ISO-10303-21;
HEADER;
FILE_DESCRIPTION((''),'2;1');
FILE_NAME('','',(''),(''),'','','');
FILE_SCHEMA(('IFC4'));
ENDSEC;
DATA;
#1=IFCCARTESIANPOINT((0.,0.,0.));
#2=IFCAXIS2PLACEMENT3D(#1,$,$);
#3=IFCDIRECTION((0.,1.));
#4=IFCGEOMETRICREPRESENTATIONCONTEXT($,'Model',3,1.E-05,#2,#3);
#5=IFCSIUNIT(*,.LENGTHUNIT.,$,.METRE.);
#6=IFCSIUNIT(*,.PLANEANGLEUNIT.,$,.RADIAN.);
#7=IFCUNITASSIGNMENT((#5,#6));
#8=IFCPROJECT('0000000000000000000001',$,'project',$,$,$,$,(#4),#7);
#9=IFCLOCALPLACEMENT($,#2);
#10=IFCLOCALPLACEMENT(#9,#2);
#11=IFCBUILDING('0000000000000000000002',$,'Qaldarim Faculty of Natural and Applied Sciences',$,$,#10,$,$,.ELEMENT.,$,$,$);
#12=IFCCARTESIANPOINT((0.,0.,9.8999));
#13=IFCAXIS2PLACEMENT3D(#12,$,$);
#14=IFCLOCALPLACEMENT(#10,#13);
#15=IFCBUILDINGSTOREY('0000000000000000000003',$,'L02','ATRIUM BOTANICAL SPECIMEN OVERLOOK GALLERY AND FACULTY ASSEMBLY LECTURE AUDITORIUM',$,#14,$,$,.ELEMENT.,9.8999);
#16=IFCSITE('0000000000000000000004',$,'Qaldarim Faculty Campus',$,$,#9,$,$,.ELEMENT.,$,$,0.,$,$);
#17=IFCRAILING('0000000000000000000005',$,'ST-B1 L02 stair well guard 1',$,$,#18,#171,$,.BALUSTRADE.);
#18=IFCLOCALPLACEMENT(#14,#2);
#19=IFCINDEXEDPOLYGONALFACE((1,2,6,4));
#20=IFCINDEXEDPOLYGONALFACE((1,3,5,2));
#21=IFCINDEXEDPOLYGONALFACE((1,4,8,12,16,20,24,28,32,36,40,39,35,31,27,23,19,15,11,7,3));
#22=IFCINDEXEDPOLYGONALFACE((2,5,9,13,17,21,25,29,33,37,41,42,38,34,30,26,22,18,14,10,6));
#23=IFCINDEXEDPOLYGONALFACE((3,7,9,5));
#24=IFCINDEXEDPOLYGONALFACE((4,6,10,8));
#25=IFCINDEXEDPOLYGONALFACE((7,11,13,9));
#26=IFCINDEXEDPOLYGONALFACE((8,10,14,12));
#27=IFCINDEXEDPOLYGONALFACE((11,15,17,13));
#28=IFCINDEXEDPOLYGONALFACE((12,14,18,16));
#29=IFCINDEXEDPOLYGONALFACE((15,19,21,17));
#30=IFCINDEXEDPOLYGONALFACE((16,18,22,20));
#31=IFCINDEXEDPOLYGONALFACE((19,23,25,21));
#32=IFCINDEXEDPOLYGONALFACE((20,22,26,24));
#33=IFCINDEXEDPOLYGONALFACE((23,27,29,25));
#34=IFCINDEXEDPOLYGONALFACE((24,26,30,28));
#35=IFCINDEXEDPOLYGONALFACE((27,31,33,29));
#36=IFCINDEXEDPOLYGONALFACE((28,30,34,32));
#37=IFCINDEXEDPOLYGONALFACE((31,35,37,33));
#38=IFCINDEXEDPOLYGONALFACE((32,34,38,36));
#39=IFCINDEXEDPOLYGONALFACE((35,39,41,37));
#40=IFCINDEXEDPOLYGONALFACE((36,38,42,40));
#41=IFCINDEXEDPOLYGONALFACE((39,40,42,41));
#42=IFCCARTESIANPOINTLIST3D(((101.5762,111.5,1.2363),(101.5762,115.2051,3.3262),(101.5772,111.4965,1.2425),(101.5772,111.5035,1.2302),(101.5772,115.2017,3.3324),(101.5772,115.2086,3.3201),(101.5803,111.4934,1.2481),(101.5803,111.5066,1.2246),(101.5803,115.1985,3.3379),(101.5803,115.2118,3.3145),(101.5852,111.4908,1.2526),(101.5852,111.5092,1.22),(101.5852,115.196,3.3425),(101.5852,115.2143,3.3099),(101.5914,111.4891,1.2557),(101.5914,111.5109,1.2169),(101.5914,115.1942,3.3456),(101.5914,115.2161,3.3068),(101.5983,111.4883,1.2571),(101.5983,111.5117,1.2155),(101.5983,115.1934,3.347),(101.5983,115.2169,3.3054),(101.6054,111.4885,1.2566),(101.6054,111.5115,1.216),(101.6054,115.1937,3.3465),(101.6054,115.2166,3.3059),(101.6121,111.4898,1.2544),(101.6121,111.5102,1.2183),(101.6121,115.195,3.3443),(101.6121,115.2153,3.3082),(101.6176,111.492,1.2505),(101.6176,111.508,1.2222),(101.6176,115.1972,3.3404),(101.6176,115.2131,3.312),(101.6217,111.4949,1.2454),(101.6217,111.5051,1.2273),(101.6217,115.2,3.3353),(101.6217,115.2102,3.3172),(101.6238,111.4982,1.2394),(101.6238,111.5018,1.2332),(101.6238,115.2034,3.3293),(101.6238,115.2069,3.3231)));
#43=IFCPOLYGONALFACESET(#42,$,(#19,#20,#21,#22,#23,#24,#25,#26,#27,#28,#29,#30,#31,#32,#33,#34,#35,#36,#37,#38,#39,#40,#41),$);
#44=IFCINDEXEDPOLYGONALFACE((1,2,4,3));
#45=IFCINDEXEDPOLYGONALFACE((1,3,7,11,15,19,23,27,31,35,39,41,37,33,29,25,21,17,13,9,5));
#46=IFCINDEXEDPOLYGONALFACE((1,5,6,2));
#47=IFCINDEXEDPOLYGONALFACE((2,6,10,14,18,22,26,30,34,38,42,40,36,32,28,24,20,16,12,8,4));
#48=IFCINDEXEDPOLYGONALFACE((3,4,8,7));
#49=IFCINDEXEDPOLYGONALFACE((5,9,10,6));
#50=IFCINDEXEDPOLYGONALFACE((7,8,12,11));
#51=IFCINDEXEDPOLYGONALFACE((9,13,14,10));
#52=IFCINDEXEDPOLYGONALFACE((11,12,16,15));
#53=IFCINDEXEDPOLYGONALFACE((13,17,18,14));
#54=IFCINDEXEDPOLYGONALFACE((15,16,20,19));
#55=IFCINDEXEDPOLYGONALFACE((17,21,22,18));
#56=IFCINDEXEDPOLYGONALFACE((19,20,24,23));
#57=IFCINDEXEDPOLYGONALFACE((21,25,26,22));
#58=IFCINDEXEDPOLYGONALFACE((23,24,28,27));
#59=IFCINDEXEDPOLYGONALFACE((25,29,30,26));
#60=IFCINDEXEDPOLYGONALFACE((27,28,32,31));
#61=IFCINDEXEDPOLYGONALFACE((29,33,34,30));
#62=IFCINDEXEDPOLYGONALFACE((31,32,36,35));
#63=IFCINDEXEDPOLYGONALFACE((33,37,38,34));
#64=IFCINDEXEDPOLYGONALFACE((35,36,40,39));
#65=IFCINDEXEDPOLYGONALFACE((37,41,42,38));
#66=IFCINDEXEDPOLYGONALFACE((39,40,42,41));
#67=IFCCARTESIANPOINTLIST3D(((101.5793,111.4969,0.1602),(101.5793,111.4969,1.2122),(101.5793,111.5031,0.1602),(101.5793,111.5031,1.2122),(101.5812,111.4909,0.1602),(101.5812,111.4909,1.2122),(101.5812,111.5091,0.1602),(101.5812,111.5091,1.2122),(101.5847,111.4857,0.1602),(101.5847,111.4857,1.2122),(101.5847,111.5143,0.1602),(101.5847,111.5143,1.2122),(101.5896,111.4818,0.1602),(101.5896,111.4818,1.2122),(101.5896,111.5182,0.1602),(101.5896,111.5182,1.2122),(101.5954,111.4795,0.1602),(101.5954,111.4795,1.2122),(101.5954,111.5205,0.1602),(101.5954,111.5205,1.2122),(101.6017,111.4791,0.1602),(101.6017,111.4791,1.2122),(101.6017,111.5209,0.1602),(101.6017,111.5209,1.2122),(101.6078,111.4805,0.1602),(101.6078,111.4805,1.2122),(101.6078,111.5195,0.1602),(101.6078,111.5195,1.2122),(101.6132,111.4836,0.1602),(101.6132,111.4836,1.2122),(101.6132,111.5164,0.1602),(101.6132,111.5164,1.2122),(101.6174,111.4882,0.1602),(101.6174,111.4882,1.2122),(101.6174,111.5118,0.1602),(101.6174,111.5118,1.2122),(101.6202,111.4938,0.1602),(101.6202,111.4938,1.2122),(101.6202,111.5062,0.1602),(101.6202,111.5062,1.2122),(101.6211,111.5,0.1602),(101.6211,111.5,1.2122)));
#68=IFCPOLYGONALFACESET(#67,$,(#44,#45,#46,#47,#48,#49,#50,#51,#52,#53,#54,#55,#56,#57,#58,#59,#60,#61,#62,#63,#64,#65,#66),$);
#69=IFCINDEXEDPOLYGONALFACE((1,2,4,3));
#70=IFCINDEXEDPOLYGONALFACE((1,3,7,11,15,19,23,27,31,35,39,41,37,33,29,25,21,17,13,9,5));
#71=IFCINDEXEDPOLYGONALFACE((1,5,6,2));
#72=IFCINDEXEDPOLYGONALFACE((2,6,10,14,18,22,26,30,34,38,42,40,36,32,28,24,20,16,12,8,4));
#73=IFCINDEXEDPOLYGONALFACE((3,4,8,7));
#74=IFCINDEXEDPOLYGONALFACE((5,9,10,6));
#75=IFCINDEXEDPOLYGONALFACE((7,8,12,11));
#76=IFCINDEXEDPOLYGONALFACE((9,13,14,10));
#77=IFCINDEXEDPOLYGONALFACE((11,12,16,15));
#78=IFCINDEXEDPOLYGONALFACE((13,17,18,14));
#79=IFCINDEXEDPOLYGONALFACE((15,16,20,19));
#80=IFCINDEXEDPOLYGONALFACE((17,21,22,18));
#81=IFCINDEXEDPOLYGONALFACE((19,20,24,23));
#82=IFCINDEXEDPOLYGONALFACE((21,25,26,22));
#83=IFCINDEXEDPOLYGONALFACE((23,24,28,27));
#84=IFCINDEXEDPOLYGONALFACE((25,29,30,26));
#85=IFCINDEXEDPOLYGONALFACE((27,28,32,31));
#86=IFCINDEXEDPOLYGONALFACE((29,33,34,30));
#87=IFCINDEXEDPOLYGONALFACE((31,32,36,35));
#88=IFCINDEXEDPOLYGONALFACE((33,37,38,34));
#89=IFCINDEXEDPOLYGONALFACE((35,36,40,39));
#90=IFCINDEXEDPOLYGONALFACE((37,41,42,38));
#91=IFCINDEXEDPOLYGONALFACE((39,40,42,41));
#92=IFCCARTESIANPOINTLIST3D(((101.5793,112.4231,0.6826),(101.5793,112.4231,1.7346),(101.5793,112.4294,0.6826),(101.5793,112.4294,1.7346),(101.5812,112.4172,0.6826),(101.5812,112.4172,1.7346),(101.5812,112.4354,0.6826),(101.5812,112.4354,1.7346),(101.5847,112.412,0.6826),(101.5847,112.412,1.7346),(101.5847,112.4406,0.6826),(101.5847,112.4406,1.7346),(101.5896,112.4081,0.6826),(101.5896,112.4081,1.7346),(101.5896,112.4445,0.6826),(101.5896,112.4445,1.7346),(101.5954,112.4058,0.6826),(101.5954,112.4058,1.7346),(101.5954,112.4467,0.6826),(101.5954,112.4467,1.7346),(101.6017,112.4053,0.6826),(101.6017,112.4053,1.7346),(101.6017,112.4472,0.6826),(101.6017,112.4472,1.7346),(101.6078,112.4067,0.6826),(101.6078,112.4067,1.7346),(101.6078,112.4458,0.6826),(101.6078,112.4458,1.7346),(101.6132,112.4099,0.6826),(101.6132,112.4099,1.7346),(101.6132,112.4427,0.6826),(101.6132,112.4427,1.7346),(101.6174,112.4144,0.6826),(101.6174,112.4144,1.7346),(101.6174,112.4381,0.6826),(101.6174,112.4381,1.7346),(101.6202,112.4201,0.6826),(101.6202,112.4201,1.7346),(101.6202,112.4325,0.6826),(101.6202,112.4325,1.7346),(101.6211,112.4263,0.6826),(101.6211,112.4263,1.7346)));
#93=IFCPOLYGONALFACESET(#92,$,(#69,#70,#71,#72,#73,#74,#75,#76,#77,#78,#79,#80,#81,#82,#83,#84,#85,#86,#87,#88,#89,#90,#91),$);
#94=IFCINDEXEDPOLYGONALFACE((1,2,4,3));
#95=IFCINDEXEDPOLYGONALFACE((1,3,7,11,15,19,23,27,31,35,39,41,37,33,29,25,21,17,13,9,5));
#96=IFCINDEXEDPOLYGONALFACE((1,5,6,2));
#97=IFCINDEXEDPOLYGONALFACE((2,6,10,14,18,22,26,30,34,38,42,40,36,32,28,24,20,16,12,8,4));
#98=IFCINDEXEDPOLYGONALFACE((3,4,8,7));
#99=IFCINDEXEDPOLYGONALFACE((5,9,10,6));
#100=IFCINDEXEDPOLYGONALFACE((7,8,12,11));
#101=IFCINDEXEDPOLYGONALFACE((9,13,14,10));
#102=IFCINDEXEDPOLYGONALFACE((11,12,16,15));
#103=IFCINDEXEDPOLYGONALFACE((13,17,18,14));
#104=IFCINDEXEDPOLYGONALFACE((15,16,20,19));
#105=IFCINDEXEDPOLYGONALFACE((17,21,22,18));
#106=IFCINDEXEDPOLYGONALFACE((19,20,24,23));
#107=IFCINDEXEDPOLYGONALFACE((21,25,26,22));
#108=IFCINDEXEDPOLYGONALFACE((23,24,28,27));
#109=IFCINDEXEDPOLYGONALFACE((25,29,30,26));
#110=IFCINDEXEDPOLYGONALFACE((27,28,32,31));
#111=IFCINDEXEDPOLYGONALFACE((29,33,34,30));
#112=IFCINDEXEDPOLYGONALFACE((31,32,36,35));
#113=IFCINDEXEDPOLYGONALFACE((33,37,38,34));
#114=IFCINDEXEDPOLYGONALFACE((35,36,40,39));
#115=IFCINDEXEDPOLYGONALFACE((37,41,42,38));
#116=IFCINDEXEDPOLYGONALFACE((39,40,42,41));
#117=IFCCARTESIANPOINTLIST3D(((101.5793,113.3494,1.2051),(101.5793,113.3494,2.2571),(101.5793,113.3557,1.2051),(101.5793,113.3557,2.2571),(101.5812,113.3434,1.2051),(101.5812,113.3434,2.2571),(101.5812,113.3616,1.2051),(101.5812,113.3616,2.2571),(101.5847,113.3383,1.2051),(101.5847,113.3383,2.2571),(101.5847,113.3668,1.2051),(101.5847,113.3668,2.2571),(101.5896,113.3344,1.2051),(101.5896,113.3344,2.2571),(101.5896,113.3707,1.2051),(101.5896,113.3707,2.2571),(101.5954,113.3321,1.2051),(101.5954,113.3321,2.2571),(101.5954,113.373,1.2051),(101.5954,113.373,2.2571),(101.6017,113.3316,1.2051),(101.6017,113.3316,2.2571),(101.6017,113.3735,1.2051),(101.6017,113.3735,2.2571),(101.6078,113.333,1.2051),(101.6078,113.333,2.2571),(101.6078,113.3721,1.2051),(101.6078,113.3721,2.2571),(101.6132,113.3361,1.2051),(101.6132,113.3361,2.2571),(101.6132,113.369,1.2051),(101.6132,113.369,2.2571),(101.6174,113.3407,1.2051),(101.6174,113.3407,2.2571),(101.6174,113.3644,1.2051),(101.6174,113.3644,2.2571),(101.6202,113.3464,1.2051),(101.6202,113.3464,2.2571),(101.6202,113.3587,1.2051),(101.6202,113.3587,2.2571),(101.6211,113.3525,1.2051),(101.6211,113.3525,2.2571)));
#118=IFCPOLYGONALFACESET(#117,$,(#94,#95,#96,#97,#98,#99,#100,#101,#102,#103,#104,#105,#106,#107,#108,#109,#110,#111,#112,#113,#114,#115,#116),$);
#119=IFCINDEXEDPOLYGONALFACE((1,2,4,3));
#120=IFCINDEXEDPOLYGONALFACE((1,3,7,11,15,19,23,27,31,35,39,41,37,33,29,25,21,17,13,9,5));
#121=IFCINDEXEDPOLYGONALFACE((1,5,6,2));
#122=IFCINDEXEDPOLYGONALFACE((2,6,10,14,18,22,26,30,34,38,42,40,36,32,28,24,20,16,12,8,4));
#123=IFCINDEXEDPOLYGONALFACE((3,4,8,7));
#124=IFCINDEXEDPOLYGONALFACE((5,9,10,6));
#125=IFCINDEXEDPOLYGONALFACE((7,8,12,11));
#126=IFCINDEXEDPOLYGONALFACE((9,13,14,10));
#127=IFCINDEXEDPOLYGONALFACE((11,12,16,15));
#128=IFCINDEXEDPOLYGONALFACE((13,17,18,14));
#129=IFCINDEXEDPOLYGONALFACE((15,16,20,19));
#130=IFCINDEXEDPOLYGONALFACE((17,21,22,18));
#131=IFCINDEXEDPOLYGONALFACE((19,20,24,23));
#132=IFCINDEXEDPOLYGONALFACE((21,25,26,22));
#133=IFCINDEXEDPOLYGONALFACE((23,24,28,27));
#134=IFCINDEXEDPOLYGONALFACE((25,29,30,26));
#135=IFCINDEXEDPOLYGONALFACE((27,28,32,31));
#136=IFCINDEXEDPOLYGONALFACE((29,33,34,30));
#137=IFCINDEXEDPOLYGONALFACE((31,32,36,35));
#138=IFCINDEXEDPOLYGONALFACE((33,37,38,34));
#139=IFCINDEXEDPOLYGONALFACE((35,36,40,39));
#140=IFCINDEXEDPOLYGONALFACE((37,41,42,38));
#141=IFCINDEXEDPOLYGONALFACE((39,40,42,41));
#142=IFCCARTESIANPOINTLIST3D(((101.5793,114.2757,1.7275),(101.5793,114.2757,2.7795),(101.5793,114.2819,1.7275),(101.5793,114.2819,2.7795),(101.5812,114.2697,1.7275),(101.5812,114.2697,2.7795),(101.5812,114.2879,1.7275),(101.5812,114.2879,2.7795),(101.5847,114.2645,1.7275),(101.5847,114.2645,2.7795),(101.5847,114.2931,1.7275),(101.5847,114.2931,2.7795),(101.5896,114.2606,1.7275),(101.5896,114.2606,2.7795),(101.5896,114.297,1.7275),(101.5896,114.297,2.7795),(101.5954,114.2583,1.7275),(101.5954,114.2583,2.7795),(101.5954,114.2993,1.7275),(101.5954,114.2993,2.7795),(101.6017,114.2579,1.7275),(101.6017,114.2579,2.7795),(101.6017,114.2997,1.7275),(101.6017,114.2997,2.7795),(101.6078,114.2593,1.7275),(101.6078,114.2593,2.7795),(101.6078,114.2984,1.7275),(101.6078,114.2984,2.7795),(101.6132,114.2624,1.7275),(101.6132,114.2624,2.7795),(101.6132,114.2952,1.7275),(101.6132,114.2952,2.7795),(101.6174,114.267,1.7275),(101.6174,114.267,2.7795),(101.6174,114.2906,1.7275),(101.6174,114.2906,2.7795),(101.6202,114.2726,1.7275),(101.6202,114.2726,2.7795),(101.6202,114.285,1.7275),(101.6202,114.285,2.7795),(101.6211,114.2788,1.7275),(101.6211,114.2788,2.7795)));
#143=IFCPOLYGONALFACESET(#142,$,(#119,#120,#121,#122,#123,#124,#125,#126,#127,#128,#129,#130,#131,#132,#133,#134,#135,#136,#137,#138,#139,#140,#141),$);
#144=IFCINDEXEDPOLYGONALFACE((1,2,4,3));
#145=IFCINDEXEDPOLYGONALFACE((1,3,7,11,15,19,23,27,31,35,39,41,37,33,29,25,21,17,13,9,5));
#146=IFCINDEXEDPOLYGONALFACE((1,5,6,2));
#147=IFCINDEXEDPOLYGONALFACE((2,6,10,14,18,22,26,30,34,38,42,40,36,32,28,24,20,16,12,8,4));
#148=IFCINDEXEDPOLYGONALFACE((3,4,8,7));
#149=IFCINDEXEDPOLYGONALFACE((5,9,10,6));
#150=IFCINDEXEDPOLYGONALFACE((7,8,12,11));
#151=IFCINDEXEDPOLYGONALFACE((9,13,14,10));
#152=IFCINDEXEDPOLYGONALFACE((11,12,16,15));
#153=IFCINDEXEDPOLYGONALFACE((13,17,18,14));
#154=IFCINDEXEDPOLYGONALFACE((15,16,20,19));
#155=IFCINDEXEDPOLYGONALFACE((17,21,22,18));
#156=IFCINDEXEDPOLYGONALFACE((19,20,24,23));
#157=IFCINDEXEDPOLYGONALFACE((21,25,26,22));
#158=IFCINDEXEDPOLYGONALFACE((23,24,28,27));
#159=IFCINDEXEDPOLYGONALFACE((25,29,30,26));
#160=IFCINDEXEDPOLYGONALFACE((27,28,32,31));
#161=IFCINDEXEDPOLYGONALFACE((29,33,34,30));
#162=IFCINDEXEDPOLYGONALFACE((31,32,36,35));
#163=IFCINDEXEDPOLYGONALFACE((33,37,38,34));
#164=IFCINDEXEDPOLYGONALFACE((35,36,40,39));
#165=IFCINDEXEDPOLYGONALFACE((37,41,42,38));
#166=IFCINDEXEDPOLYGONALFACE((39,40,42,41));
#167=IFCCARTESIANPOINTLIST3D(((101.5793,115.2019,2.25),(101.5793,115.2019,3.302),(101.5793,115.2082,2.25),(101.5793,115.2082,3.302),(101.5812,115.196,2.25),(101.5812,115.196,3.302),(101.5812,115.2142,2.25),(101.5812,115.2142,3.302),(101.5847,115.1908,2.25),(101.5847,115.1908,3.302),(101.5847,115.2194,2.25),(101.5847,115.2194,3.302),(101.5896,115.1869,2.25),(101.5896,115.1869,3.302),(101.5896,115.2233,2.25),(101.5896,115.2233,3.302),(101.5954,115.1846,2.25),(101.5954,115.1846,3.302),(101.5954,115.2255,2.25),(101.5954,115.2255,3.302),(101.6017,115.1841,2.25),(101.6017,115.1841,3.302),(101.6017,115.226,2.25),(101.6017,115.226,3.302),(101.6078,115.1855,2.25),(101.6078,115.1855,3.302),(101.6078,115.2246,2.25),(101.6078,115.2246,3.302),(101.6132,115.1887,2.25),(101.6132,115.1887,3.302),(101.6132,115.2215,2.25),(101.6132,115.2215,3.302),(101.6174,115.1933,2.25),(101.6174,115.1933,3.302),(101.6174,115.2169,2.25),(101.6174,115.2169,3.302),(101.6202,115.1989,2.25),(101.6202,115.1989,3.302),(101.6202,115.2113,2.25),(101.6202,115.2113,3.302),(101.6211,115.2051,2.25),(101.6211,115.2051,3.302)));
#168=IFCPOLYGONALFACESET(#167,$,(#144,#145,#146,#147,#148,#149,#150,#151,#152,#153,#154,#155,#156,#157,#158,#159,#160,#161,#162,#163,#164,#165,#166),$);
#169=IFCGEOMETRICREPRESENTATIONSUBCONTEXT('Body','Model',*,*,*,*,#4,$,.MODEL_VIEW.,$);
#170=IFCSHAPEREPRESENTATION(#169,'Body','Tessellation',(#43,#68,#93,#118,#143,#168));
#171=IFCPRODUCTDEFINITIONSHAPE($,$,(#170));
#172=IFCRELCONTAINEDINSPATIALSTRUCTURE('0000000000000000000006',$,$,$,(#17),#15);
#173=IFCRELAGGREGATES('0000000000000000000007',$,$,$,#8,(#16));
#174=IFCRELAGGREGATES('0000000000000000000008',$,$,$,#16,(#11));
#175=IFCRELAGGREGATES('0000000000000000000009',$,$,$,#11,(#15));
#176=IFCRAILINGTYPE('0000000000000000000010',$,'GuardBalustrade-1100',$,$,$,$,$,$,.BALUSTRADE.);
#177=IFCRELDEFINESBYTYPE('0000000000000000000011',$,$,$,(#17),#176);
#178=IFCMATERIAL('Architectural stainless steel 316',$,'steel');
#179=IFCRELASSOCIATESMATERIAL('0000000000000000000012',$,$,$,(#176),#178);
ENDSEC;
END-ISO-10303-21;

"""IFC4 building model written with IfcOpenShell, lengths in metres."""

from ifc_helpers import new_model, si_unit, direction, frame, origin, origin_2d, place, context, subcontext, project, spatial, circle, extrude, material, type_object, element, save


model = new_model("IFC4")

# Units and contexts
model_context = context("Model", 3, precision=1e-05, world=origin(), true_north=direction((0.0, 1.0)))
body_context = subcontext(model_context, "Body", "Model", "MODEL_VIEW")
ifc_project = project(units=[si_unit("LENGTHUNIT", "METRE"), si_unit("PLANEANGLEUNIT", "RADIAN")], contexts=[model_context])

# Site, building, storey
site_placement = place(None, origin())
site = spatial("IfcSite", under=ifc_project, at=site_placement, Name="Qaldarim Faculty Campus", CompositionType="ELEMENT", RefElevation=0.0)
building_placement = place(site_placement, origin())
building = spatial("IfcBuilding", under=site, at=building_placement, Name="Qaldarim Faculty of Natural and Applied Sciences", CompositionType="ELEMENT")
storey_placement = place(building_placement, frame((0.0, 0.0, 9.8999)))
storey = spatial("IfcBuildingStorey", under=building, at=storey_placement, Name="L02", Description="ATRIUM BOTANICAL SPECIMEN OVERLOOK GALLERY AND FACULTY ASSEMBLY LECTURE AUDITORIUM", CompositionType="ELEMENT", Elevation=9.8999)

# Shared definitions
ifc_material_1 = material(Name="Architectural stainless steel 316", Category="steel")

# Railing
railing_type_1 = type_object("IfcRailingType", Name="GuardBalustrade-1100", PredefinedType="BALUSTRADE", material=ifc_material_1)
railing_1_placement = place(storey_placement, frame((101.6001, 111.5, 0.1602)))
element("IfcRailing", 1, at=railing_1_placement, inside=storey, type_object=railing_type_1, Name="ST-B1 L02 stair well guard 1", PredefinedType="BALUSTRADE", context=body_context, shape_type="SweptSolid", body=[
    extrude(circle(Radius=0.0239, at=origin_2d()), frame((0.0, 0.0, 1.0762), z_axis=(0.0, 0.870999, 0.491285), x_axis=(-1.0, 0.0, 0.0)), (0.0, 0.0, 1.0), 4.2539),
    extrude(circle(Radius=0.021, at=origin_2d()), origin(), (0.0, 0.0, 1.0), 1.052),
    extrude(circle(Radius=0.021, at=origin_2d()), frame((0.0, 0.9263, 0.5225)), (0.0, 0.0, 1.0), 1.052),
    extrude(circle(Radius=0.021, at=origin_2d()), frame((0.0, 1.8525, 1.0449)), (0.0, 0.0, 1.0), 1.052),
    extrude(circle(Radius=0.021, at=origin_2d()), frame((0.0, 2.7788, 1.5674)), (0.0, 0.0, 1.0), 1.052),
    extrude(circle(Radius=0.021, at=origin_2d()), frame((0.0, 3.7051, 2.0898)), (0.0, 0.0, 1.0), 1.052),
])

save(model, "model.ifc")
